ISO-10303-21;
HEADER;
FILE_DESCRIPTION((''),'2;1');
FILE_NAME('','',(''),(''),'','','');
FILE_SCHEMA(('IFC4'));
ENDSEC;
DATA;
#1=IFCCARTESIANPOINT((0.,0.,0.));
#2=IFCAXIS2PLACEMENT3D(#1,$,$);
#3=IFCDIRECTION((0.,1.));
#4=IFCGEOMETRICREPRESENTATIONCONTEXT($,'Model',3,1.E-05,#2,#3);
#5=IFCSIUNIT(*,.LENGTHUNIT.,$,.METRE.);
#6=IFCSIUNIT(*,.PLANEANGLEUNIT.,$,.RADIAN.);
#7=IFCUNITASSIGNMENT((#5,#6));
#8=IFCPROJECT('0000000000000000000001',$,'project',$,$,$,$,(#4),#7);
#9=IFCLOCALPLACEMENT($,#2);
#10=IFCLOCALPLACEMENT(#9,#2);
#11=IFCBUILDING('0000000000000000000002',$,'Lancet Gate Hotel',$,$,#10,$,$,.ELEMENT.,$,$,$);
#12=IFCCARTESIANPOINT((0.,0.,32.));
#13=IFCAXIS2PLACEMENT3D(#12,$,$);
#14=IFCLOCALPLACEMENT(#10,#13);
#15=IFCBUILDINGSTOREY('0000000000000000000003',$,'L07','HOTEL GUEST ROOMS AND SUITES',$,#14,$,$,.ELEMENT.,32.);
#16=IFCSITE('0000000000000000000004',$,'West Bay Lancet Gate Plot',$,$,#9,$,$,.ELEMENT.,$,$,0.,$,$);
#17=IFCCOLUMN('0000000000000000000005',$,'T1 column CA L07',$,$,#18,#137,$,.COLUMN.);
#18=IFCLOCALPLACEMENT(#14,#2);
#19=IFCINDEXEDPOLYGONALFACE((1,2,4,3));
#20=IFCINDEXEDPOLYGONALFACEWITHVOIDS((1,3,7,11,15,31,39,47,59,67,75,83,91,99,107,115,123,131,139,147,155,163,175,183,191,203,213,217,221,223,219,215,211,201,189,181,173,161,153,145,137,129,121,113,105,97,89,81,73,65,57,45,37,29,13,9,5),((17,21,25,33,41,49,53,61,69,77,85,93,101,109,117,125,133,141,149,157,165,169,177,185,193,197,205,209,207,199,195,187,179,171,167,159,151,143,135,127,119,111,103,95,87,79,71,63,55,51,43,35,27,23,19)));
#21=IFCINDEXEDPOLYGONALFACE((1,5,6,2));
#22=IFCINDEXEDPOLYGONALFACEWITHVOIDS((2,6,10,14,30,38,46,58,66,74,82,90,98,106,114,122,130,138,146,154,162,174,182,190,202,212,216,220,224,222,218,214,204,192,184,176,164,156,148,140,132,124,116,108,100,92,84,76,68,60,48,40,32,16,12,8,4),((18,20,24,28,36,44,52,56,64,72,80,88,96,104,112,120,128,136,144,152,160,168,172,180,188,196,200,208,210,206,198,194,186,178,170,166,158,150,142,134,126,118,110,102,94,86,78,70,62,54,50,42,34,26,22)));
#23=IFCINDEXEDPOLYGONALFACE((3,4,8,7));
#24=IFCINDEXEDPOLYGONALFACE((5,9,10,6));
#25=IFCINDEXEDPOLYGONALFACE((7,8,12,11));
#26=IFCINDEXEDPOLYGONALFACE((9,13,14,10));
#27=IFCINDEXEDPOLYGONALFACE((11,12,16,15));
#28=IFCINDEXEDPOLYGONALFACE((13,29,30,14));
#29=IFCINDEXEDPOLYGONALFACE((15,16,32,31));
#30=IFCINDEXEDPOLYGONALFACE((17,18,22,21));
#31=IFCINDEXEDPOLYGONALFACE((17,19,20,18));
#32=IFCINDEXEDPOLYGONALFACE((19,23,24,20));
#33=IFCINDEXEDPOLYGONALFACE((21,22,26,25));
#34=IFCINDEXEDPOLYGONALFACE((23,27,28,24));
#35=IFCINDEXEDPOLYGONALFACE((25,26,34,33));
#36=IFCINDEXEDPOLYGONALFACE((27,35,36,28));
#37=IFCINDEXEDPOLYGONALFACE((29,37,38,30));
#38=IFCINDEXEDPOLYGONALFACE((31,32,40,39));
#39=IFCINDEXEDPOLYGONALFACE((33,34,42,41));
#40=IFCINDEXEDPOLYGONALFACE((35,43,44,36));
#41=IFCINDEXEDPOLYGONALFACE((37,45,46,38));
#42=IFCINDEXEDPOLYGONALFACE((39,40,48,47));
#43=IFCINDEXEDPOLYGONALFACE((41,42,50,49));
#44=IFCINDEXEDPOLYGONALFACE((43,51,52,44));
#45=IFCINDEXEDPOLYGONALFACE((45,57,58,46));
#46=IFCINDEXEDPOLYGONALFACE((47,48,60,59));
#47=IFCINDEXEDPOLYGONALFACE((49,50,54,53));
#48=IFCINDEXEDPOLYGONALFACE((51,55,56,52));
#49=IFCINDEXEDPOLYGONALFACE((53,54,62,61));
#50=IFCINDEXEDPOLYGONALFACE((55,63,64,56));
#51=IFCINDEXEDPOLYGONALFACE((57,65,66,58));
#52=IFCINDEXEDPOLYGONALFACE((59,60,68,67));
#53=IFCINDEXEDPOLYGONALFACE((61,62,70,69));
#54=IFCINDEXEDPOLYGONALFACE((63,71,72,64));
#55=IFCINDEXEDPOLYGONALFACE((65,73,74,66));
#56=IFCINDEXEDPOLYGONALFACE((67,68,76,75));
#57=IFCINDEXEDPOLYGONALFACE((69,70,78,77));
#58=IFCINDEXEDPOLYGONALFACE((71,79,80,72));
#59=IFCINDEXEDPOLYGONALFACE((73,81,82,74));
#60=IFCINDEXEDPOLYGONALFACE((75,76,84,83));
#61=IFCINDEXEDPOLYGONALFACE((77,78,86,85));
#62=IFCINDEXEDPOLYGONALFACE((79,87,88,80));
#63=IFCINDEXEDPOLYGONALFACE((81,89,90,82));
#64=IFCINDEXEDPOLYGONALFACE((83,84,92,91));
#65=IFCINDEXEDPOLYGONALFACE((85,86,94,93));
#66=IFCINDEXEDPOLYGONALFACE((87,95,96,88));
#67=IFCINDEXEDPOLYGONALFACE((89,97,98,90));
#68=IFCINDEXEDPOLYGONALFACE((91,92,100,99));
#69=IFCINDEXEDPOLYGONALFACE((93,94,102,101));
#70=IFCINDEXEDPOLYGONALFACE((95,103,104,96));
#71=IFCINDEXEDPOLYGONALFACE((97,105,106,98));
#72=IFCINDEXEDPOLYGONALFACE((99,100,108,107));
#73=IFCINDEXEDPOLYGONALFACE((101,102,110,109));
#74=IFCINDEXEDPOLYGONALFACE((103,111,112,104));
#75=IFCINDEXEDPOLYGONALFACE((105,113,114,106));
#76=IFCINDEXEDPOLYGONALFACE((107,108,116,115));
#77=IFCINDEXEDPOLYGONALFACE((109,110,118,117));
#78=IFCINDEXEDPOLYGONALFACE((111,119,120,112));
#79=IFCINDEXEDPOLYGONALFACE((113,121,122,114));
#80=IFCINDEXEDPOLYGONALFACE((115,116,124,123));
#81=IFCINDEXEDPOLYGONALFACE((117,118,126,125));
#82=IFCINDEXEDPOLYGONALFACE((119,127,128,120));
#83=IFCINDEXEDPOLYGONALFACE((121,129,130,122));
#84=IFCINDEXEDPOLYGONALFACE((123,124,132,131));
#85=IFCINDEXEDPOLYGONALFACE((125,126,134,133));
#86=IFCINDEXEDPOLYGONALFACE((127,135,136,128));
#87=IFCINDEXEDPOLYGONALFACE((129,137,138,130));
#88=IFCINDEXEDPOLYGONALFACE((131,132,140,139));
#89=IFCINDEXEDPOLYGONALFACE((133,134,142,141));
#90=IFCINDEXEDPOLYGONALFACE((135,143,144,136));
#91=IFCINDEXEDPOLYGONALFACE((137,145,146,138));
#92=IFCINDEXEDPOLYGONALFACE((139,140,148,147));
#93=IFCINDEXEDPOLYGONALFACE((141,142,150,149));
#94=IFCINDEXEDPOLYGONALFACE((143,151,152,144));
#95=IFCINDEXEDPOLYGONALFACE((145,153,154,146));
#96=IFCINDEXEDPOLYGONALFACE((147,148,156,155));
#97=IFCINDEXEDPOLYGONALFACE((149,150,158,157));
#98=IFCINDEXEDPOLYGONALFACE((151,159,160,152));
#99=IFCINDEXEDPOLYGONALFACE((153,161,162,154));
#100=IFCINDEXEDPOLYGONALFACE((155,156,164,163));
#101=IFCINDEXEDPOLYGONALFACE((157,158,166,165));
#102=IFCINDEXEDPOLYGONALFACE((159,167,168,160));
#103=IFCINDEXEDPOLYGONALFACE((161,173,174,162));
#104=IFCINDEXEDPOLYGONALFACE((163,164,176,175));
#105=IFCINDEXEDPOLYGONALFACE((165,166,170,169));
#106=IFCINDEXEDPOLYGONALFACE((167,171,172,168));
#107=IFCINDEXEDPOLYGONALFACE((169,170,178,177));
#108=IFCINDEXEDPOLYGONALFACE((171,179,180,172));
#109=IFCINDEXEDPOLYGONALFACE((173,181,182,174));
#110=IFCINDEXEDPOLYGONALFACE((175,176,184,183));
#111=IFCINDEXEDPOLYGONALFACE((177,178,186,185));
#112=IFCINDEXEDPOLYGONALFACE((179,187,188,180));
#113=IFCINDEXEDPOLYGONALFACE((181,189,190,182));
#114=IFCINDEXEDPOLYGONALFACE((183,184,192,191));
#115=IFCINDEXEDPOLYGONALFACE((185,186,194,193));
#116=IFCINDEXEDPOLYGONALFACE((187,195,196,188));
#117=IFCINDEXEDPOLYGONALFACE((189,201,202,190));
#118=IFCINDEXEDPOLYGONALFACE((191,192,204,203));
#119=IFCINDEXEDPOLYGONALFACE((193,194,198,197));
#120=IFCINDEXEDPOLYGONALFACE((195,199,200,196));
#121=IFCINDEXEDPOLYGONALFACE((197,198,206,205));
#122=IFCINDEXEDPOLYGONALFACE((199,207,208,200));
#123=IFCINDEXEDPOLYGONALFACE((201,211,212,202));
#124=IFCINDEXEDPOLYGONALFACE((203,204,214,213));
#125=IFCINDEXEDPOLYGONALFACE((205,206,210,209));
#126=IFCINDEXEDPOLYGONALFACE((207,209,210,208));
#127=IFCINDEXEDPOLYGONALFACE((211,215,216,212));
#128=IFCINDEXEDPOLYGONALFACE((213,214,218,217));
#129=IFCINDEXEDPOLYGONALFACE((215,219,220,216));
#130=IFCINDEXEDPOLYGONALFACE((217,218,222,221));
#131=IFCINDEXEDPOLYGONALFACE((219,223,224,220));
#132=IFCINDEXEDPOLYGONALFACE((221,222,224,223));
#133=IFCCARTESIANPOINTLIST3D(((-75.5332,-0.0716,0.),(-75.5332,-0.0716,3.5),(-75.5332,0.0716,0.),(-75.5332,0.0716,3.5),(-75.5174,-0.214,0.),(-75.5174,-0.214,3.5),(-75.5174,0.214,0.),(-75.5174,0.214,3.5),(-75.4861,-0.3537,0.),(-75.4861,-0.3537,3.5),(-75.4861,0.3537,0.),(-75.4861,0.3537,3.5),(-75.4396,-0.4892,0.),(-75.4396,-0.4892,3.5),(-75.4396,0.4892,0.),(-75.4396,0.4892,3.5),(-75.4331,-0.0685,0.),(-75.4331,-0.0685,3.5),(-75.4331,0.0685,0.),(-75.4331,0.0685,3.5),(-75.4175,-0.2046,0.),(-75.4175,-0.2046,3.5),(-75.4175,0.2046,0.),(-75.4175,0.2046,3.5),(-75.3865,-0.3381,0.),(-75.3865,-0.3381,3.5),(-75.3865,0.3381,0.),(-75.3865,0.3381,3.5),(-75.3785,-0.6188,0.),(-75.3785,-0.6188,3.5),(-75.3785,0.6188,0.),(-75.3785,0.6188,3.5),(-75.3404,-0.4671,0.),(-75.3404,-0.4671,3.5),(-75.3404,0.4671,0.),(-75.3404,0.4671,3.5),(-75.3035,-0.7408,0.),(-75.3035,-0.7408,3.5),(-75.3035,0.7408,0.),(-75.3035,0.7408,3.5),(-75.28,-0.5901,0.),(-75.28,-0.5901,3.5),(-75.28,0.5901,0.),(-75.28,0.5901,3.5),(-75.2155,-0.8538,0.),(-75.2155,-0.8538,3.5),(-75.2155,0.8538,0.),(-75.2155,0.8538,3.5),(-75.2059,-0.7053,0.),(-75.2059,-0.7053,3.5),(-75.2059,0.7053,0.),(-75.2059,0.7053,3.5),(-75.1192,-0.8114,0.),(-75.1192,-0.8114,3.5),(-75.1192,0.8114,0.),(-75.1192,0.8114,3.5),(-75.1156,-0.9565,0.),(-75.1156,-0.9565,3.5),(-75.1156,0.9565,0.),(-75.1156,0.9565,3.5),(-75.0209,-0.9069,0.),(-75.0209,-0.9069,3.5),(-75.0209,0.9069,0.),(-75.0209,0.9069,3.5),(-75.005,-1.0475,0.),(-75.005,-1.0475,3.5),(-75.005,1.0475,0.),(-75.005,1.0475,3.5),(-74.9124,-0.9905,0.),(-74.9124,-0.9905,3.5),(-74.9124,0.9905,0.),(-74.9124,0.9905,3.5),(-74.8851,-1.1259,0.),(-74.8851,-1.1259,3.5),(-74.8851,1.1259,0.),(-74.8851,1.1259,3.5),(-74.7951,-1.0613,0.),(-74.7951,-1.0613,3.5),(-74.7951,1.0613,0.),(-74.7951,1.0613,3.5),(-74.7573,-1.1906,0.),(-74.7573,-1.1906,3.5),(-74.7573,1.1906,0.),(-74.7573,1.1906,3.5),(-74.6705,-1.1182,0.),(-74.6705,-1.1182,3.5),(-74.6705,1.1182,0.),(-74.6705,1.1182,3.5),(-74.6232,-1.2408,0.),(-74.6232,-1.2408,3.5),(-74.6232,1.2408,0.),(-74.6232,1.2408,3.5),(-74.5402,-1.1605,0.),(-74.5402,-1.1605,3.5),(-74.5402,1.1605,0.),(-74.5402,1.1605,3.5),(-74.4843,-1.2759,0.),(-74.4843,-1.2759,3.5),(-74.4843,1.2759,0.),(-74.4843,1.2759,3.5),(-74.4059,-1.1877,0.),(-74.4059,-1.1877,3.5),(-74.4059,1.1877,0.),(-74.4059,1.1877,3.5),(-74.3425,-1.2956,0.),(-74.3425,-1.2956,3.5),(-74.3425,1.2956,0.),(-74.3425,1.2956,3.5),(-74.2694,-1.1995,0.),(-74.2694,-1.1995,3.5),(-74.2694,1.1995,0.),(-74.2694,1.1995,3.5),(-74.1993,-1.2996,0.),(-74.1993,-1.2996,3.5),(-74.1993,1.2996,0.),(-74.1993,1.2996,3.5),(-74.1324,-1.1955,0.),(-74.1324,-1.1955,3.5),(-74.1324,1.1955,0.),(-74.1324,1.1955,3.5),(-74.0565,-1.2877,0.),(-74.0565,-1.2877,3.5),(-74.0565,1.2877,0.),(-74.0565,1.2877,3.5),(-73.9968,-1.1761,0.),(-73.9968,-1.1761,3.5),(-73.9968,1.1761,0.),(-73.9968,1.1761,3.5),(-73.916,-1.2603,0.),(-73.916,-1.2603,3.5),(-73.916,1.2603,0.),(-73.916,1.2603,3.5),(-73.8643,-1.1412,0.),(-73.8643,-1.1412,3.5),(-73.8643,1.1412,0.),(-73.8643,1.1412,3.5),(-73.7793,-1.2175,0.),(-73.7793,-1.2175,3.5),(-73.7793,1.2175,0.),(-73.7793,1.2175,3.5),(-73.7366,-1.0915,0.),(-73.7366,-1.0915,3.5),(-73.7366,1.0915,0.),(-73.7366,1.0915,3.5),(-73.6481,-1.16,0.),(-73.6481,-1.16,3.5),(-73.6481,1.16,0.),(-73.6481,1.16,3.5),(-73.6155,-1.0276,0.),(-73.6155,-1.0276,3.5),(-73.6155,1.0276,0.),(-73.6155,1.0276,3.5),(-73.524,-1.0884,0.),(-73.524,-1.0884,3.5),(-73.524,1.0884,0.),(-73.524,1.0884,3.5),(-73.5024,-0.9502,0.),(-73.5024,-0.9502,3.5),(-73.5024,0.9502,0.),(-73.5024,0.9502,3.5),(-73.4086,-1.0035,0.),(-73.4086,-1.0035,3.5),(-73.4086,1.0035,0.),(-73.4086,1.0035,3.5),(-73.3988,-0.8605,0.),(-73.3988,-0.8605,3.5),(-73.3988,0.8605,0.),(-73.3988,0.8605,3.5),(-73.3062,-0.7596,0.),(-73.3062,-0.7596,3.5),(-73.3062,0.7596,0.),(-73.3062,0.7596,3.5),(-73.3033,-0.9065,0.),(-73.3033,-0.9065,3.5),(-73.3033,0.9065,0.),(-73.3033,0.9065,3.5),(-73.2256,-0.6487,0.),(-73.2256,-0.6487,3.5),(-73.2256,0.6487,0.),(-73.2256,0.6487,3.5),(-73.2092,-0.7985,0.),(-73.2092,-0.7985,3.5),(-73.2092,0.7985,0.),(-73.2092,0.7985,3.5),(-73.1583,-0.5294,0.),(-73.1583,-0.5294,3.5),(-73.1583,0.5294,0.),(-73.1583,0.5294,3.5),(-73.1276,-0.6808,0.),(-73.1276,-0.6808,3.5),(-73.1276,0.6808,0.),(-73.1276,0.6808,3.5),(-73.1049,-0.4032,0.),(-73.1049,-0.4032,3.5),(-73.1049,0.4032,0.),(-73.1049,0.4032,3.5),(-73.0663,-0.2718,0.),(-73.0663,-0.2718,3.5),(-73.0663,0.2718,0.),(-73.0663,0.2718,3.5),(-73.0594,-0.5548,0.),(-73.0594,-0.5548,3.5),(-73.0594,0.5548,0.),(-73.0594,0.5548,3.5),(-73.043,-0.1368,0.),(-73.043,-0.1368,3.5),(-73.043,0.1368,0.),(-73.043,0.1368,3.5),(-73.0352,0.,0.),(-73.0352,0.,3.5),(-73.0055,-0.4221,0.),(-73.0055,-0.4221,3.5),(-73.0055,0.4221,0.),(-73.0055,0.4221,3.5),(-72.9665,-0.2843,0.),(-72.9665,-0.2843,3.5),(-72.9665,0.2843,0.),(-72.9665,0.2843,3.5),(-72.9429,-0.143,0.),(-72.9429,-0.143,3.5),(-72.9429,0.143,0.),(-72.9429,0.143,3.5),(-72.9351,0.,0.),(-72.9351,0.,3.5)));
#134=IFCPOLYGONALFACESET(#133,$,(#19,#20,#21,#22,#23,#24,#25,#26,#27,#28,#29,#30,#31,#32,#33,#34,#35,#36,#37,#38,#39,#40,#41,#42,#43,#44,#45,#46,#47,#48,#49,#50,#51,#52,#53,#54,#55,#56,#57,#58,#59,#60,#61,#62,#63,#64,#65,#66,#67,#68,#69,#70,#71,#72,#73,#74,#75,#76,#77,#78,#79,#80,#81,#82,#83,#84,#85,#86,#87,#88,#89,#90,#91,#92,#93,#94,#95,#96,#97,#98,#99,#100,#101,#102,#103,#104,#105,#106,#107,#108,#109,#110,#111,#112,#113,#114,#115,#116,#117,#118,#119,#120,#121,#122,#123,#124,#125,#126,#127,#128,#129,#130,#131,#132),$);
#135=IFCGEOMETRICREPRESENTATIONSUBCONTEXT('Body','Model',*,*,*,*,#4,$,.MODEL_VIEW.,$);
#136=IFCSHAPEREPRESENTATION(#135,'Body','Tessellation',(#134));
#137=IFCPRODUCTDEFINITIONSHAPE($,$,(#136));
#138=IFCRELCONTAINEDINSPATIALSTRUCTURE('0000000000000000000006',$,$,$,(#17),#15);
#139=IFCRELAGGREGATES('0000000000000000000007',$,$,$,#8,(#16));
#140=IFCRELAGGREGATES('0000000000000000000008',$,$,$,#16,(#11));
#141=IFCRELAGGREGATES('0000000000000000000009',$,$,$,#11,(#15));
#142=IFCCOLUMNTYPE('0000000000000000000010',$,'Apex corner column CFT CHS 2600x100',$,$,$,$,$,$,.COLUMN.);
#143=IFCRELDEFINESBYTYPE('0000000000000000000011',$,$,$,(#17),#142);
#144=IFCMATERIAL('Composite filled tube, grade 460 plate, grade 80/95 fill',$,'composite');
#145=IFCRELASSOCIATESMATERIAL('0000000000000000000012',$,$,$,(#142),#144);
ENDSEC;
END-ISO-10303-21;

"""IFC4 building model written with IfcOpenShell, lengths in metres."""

from ifc_helpers import new_model, si_unit, direction, frame, origin, origin_2d, place, context, subcontext, project, spatial, hollow_circle, extrude, material, material_profile, profile_set, type_object, element, save


model = new_model("IFC4")

# Units and contexts
model_context = context("Model", 3, precision=1e-05, world=origin(), true_north=direction((0.0, 1.0)))
body_context = subcontext(model_context, "Body", "Model", "MODEL_VIEW")
ifc_project = project(units=[si_unit("LENGTHUNIT", "METRE"), si_unit("PLANEANGLEUNIT", "RADIAN")], contexts=[model_context])

# Site, building, storey
site_placement = place(None, origin())
site = spatial("IfcSite", under=ifc_project, at=site_placement, Name="West Bay Lancet Gate Plot", CompositionType="ELEMENT", RefElevation=0.0)
building_placement = place(site_placement, origin())
building = spatial("IfcBuilding", under=site, at=building_placement, Name="Lancet Gate Hotel", CompositionType="ELEMENT")
storey_placement = place(building_placement, frame((0.0, 0.0, 32.0)))
storey = spatial("IfcBuildingStorey", under=building, at=storey_placement, Name="L07", Description="HOTEL GUEST ROOMS AND SUITES", CompositionType="ELEMENT", Elevation=32.0)

# Column
ifc_material_1 = material(Name="Composite filled tube, grade 460 plate, grade 80/95 fill", Category="composite")
ifc_material_profile_1 = material_profile(ifc_material_1, hollow_circle(Radius=1.3, WallThickness=0.1001, at=origin_2d()), Name="CHS 2600x100")
ifc_profile_set_1 = profile_set([ifc_material_profile_1], Name="Composite filled tube, grade 460 plate, grade 80/95 fill")
column_type_1 = type_object("IfcColumnType", Name="Apex corner column CFT CHS 2600x100", PredefinedType="COLUMN", material=ifc_profile_set_1)
column_1_placement = place(storey_placement, frame((-74.2351, 0.0, 0.0), z_axis=(0.0, 0.0, 1.0), x_axis=(1.0, 0.0, 0.0)))
element("IfcColumn", 1, at=column_1_placement, inside=storey, type_object=column_type_1, Name="T1 column CA L07", PredefinedType="COLUMN", context=body_context, shape_type="SweptSolid", body=[
    extrude(hollow_circle(Radius=1.3, WallThickness=0.1001, at=origin_2d()), origin(), (0.0, 0.0, 1.0), 3.5),
])

save(model, "model.ifc")
